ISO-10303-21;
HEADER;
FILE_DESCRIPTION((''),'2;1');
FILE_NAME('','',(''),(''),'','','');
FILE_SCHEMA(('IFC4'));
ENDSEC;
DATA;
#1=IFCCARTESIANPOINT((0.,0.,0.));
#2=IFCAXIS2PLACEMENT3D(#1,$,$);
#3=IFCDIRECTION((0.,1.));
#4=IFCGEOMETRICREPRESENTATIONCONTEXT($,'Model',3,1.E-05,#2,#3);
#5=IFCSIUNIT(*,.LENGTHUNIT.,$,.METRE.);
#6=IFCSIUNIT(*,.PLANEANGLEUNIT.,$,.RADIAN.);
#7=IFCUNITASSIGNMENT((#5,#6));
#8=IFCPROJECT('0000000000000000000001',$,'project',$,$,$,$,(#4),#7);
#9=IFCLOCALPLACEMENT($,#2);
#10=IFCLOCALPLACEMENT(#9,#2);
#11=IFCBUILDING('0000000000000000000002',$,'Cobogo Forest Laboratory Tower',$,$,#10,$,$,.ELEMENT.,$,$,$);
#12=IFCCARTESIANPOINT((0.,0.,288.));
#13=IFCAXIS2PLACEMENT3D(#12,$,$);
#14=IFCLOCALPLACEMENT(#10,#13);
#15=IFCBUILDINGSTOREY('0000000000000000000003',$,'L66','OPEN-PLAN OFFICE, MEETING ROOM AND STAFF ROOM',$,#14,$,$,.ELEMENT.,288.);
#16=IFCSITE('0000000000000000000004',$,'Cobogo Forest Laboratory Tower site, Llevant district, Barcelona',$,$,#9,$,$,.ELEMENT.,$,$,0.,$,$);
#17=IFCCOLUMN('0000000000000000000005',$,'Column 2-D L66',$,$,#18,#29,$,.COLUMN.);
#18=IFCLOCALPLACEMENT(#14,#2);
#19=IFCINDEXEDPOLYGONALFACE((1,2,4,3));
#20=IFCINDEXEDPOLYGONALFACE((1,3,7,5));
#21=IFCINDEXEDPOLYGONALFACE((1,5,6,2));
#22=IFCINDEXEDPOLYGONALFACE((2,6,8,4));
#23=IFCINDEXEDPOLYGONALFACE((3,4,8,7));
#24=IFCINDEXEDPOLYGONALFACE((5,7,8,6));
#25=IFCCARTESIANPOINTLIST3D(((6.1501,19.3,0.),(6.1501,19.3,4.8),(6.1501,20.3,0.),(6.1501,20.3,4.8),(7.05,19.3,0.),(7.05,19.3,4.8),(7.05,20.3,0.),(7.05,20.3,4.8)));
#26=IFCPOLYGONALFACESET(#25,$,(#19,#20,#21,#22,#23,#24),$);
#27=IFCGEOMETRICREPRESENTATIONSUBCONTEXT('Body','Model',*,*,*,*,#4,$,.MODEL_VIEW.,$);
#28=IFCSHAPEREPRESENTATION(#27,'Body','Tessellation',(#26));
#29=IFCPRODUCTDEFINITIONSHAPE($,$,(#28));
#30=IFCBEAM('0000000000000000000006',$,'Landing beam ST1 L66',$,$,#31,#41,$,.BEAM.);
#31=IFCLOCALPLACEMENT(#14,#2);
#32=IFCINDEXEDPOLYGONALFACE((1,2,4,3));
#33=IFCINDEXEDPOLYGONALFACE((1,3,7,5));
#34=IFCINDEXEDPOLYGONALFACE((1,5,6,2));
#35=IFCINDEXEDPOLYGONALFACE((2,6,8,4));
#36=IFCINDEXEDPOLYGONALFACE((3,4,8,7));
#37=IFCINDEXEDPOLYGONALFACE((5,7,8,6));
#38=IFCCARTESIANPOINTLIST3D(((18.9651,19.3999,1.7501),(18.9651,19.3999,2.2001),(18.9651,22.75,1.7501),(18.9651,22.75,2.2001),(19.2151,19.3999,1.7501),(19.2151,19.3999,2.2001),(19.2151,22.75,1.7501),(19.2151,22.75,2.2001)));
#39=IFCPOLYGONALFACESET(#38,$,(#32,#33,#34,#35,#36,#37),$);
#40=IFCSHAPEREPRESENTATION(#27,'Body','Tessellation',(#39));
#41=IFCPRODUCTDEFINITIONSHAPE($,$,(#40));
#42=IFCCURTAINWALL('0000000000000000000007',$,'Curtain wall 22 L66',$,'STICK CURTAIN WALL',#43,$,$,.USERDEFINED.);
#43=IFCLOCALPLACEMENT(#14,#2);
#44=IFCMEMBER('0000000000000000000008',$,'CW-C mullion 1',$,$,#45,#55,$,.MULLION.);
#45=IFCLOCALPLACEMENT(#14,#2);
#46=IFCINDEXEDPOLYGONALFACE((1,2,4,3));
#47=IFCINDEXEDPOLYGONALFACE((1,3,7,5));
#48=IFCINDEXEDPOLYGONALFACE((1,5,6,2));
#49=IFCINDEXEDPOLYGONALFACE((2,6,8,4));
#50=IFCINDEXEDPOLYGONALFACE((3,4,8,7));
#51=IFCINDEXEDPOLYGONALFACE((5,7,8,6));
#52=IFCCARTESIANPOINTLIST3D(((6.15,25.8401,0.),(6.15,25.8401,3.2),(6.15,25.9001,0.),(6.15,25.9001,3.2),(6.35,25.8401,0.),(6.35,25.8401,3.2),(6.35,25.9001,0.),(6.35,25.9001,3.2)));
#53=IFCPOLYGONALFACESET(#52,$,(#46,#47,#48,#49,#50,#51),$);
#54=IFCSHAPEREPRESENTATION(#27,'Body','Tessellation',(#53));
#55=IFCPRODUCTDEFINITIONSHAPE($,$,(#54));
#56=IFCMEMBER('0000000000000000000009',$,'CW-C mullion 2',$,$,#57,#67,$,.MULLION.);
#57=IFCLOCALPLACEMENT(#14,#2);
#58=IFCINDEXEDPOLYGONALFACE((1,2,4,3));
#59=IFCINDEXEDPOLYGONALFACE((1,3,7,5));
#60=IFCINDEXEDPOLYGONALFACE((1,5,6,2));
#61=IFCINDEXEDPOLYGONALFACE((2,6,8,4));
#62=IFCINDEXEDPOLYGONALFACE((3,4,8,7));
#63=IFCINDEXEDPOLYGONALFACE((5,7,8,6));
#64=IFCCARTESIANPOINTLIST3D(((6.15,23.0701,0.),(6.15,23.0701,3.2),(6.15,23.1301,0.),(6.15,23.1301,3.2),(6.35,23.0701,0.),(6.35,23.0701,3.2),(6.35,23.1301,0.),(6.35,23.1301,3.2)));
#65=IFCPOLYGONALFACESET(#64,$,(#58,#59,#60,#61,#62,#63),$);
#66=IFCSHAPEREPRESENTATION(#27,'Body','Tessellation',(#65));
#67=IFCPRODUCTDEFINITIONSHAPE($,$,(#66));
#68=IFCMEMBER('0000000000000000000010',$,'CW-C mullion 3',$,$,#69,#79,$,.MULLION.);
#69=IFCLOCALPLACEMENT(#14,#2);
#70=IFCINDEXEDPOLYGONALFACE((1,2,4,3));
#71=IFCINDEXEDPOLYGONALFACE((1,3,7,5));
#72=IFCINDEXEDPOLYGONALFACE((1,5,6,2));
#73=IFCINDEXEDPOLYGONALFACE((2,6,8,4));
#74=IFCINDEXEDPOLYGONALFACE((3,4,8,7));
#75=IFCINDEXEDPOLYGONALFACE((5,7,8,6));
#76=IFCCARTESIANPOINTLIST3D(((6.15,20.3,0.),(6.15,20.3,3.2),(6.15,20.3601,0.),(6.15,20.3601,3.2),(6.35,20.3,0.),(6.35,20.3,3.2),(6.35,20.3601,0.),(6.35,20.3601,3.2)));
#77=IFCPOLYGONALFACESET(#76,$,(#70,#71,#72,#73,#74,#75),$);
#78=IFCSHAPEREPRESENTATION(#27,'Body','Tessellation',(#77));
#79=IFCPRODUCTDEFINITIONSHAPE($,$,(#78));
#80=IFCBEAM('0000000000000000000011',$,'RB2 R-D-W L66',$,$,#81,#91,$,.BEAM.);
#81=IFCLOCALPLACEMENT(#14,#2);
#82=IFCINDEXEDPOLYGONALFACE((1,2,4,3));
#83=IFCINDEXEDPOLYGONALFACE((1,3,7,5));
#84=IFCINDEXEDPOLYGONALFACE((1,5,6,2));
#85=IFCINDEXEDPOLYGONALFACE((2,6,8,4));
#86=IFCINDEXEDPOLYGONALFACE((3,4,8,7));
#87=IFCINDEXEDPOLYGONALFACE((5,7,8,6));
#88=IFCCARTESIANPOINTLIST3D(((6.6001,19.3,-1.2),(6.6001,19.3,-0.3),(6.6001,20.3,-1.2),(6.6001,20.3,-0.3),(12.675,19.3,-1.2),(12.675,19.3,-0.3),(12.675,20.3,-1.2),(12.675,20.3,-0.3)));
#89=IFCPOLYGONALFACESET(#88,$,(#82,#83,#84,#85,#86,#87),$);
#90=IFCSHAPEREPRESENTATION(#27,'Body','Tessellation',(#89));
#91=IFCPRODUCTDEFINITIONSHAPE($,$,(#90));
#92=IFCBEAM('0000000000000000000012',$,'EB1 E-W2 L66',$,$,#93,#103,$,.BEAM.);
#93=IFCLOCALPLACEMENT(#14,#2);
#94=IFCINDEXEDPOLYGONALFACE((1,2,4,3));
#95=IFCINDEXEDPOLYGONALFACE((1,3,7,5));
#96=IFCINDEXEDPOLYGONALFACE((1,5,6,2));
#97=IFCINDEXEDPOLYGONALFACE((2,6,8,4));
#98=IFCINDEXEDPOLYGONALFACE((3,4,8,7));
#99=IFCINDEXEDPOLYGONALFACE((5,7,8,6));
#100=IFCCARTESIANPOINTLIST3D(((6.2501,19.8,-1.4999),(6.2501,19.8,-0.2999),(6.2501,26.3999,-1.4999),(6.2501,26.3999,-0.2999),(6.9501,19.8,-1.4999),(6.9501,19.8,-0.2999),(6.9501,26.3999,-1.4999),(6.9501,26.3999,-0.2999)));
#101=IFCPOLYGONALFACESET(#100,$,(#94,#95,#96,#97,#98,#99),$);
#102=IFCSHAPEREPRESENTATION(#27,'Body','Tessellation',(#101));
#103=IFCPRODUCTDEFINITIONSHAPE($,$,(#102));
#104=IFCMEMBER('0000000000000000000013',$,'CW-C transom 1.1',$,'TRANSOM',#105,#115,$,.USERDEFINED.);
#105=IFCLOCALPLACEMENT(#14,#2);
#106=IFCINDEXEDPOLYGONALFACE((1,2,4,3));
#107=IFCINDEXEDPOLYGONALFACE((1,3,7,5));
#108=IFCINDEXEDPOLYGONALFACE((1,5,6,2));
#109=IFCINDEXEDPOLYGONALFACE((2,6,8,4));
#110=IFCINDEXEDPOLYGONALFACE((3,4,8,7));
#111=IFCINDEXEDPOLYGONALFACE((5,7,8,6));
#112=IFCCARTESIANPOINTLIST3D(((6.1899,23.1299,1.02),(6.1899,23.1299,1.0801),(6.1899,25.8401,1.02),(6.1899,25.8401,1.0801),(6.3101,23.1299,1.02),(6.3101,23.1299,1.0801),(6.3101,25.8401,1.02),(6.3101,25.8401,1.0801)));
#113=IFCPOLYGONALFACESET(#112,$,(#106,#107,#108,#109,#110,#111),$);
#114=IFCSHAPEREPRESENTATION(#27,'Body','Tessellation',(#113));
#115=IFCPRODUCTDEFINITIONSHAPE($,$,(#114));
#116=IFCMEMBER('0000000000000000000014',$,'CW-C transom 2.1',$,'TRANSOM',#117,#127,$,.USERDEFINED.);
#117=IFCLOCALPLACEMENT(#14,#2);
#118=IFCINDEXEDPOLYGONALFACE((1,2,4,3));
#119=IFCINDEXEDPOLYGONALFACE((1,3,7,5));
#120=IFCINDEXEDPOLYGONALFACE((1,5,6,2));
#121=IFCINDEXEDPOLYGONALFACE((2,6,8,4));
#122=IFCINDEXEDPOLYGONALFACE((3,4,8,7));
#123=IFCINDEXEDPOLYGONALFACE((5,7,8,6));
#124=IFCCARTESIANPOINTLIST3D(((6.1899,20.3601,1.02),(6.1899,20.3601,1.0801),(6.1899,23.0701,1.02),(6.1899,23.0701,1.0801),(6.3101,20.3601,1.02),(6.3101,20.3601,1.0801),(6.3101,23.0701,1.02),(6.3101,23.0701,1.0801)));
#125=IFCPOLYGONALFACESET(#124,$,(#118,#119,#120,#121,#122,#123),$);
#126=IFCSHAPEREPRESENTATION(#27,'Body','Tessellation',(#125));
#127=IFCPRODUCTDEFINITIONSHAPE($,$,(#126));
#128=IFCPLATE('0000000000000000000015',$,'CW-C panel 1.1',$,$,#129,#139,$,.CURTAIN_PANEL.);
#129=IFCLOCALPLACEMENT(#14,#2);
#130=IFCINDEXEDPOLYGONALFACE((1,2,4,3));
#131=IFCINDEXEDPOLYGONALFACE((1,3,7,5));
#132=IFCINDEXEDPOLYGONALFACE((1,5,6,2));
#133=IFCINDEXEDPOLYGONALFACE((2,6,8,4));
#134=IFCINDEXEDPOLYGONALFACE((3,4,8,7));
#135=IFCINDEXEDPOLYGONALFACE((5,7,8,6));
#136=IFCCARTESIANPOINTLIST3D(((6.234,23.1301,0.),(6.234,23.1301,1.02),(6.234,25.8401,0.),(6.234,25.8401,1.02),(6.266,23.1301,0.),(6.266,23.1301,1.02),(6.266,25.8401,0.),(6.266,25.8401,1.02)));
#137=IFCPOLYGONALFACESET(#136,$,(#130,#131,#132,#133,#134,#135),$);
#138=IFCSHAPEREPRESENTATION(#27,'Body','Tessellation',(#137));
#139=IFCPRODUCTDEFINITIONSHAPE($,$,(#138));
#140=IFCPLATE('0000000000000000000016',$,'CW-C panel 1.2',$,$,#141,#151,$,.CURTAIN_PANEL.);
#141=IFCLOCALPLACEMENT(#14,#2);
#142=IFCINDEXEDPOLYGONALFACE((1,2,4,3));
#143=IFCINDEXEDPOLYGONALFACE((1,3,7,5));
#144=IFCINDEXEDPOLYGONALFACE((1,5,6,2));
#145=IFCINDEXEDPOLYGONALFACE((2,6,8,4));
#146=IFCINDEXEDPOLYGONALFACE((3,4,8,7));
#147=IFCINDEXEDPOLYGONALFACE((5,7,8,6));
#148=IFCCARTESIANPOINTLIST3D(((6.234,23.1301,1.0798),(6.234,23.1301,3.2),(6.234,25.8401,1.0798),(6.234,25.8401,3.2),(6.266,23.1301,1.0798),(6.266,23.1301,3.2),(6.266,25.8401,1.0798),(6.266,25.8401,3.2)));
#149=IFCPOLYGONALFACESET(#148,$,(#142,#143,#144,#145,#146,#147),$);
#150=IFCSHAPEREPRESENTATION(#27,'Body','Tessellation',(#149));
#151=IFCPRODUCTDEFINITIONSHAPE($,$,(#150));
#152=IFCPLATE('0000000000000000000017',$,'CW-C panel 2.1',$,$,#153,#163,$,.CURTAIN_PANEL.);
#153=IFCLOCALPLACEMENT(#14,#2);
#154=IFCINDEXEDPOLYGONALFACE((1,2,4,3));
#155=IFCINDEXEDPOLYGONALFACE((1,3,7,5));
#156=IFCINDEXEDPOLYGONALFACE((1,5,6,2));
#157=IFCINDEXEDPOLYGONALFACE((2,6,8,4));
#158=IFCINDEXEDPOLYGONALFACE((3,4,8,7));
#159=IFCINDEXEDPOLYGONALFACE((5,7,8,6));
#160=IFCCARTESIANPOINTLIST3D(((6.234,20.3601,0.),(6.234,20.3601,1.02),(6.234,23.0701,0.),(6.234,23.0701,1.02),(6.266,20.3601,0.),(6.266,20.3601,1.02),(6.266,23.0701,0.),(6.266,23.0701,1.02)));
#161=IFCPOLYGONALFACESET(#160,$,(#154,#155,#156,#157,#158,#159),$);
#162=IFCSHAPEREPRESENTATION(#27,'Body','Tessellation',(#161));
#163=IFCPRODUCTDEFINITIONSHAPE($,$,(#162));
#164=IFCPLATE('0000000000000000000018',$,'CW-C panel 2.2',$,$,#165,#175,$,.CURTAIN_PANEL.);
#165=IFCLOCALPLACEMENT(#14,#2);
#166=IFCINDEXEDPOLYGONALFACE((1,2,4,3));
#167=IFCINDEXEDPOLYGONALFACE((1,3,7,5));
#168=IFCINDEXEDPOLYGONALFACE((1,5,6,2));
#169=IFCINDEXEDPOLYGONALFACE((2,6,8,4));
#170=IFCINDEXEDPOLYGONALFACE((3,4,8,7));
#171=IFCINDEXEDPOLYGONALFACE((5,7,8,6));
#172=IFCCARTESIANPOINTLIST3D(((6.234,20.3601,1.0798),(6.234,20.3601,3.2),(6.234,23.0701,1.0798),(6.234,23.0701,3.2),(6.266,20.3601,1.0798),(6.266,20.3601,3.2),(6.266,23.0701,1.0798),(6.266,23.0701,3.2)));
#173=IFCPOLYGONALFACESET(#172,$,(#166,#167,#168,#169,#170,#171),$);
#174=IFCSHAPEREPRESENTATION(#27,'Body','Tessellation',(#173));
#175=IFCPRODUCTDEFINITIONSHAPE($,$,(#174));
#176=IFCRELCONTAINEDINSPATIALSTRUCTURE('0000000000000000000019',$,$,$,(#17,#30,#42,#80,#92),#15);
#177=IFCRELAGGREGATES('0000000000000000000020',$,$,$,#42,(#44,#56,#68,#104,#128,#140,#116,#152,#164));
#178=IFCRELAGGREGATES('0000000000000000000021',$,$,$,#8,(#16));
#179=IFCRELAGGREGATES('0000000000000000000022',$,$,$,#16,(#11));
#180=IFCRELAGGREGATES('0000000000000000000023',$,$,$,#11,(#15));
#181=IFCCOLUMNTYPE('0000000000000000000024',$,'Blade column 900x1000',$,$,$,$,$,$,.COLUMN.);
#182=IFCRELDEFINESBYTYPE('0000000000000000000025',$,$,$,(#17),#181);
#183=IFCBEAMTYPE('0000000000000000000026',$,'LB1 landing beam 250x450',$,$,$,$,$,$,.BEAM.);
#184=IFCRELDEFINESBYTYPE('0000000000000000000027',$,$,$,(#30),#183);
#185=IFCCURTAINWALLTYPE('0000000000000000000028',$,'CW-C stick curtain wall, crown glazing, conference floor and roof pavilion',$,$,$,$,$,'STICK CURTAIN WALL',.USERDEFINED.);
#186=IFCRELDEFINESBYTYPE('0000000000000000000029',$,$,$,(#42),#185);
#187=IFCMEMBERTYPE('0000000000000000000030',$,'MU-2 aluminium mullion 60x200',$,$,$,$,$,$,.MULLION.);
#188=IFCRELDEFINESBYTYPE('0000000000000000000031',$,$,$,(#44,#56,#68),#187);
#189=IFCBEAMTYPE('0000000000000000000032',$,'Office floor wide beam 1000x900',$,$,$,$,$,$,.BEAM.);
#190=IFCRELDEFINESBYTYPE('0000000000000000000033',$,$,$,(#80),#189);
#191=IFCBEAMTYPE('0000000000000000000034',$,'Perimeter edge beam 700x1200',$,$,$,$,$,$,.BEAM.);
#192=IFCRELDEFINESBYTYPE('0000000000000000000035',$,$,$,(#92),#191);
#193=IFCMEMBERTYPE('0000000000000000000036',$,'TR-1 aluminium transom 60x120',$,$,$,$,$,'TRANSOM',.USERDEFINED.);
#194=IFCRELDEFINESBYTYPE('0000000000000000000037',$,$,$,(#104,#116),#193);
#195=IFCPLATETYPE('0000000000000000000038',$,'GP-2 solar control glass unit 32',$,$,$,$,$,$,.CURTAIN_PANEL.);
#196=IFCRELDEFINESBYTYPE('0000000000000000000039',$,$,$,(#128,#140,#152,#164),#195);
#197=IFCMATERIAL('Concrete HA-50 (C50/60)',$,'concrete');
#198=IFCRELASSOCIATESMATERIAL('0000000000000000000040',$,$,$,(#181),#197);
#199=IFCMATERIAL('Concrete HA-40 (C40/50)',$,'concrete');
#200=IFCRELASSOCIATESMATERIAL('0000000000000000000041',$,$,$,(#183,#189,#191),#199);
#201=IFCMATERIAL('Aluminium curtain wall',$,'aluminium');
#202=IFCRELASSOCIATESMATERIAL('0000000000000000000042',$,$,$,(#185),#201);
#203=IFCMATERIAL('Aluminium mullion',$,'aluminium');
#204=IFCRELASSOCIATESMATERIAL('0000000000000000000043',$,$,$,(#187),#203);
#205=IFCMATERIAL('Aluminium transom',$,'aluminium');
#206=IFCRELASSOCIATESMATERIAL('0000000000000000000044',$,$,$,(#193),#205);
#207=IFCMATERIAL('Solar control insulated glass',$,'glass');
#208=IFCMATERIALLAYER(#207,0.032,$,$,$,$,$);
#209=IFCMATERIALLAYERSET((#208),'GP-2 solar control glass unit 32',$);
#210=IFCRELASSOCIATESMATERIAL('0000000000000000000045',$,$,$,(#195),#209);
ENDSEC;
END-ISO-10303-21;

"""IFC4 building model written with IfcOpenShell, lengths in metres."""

from ifc_helpers import new_model, si_unit, direction, frame, origin, origin_2d, place, context, subcontext, project, spatial, rectangle, extrude, material, layer, layer_set, material_profile, profile_set, type_object, element, aggregate, save


model = new_model("IFC4")

# Units and contexts
model_context = context("Model", 3, precision=1e-05, world=origin(), true_north=direction((0.0, 1.0)))
body_context = subcontext(model_context, "Body", "Model", "MODEL_VIEW")
ifc_project = project(units=[si_unit("LENGTHUNIT", "METRE"), si_unit("PLANEANGLEUNIT", "RADIAN")], contexts=[model_context])

# Site, building, storey
site_placement = place(None, origin())
site = spatial("IfcSite", under=ifc_project, at=site_placement, Name="Cobogo Forest Laboratory Tower site, Llevant district, Barcelona", CompositionType="ELEMENT", RefElevation=0.0)
building_placement = place(site_placement, origin())
building = spatial("IfcBuilding", under=site, at=building_placement, Name="Cobogo Forest Laboratory Tower", CompositionType="ELEMENT")
storey_placement = place(building_placement, frame((0.0, 0.0, 288.0)))
storey = spatial("IfcBuildingStorey", under=building, at=storey_placement, Name="L66", Description="OPEN-PLAN OFFICE, MEETING ROOM AND STAFF ROOM", CompositionType="ELEMENT", Elevation=288.0)

# Column
ifc_material_1 = material(Name="Concrete HA-50 (C50/60)", Category="concrete")
ifc_material_profile_1 = material_profile(ifc_material_1, rectangle(XDim=1.0, YDim=0.8999, at=origin_2d()), Name="RC 900x1000")
ifc_profile_set_1 = profile_set([ifc_material_profile_1], Name="Concrete HA-50 (C50/60)")
column_type = type_object("IfcColumnType", Name="Blade column 900x1000", PredefinedType="COLUMN", material=ifc_profile_set_1)
column_placement = place(storey_placement, frame((6.6001, 19.8, 0.0), z_axis=(0.0, 0.0, 1.0), x_axis=(0.0, 1.0, 0.0)))
element("IfcColumn", 1, at=column_placement, inside=storey, type_object=column_type, Name="Column 2-D L66", PredefinedType="COLUMN", context=body_context, shape_type="SweptSolid", body=[
    extrude(rectangle(XDim=1.0, YDim=0.8999, at=origin_2d()), origin(), (0.0, 0.0, 1.0), 4.8),
])

# Beam
ifc_material_2 = material(Name="Concrete HA-40 (C40/50)", Category="concrete")
ifc_material_profile_2 = material_profile(ifc_material_2, rectangle(XDim=0.25, YDim=0.45, at=origin_2d()), Name="RC 250x450")
ifc_profile_set_2 = profile_set([ifc_material_profile_2], Name="Concrete HA-40 (C40/50)")
beam_type_1 = type_object("IfcBeamType", Name="LB1 landing beam 250x450", PredefinedType="BEAM", material=ifc_profile_set_2)
beam_1_placement = place(storey_placement, frame((19.0901, 19.3999, 1.9751), z_axis=(0.0, 1.0, 0.0), x_axis=(-1.0, 0.0, 0.0)))
element("IfcBeam", 2, at=beam_1_placement, inside=storey, type_object=beam_type_1, Name="Landing beam ST1 L66", PredefinedType="BEAM", context=body_context, shape_type="SweptSolid", body=[
    extrude(rectangle(XDim=0.25, YDim=0.45, at=origin_2d()), origin(), (0.0, 0.0, 1.0), 3.3501),
])

# Curtain wall, members
ifc_material_3 = material(Name="Aluminium curtain wall", Category="aluminium")
curtain_wall_type = type_object("IfcCurtainWallType", Name="CW-C stick curtain wall, crown glazing, conference floor and roof pavilion", ElementType="STICK CURTAIN WALL", PredefinedType="USERDEFINED", material=ifc_material_3)
curtain_wall_placement = place(storey_placement, origin())
curtain_wall = element("IfcCurtainWall", 3, at=curtain_wall_placement, inside=storey, type_object=curtain_wall_type, Name="Curtain wall 22 L66", ObjectType="STICK CURTAIN WALL", PredefinedType="USERDEFINED")
ifc_material_4 = material(Name="Aluminium mullion", Category="aluminium")
ifc_material_profile_3 = material_profile(ifc_material_4, rectangle(XDim=0.0601, YDim=0.2, at=origin_2d()), Name="AL 60x200")
ifc_profile_set_3 = profile_set([ifc_material_profile_3], Name="Aluminium mullion")
member_type_1 = type_object("IfcMemberType", Name="MU-2 aluminium mullion 60x200", PredefinedType="MULLION", material=ifc_profile_set_3)
member_1_placement = place(storey_placement, frame((6.25, 25.8701, 0.0), z_axis=(0.0, 0.0, 1.0), x_axis=(0.0, -1.0, 0.0)))
member_1 = element("IfcMember", 4, at=member_1_placement, type_object=member_type_1, Name="CW-C mullion 1", PredefinedType="MULLION", context=body_context, shape_type="SweptSolid", body=[
    extrude(rectangle(XDim=0.0601, YDim=0.2, at=origin_2d()), origin(), (0.0, 0.0, 1.0), 3.2),
])
member_2_placement = place(storey_placement, frame((6.25, 23.1001, 0.0), z_axis=(0.0, 0.0, 1.0), x_axis=(0.0, -1.0, 0.0)))
member_2 = element("IfcMember", 5, at=member_2_placement, type_object=member_type_1, Name="CW-C mullion 2", PredefinedType="MULLION", context=body_context, shape_type="SweptSolid", body=[
    extrude(rectangle(XDim=0.0601, YDim=0.2, at=origin_2d()), origin(), (0.0, 0.0, 1.0), 3.2),
])
member_3_placement = place(storey_placement, frame((6.25, 20.3301, 0.0), z_axis=(0.0, 0.0, 1.0), x_axis=(0.0, -1.0, 0.0)))
member_3 = element("IfcMember", 6, at=member_3_placement, type_object=member_type_1, Name="CW-C mullion 3", PredefinedType="MULLION", context=body_context, shape_type="SweptSolid", body=[
    extrude(rectangle(XDim=0.0601, YDim=0.2, at=origin_2d()), origin(), (0.0, 0.0, 1.0), 3.2),
])

# Beams
ifc_material_profile_4 = material_profile(ifc_material_2, rectangle(XDim=1.0, YDim=0.8999, at=origin_2d()), Name="RC 1000x900")
ifc_profile_set_4 = profile_set([ifc_material_profile_4], Name="Concrete HA-40 (C40/50)")
beam_type_2 = type_object("IfcBeamType", Name="Office floor wide beam 1000x900", PredefinedType="BEAM", material=ifc_profile_set_4)
beam_2_placement = place(storey_placement, frame((12.675, 19.8, -0.75), z_axis=(-1.0, 0.0, 0.0), x_axis=(0.0, -1.0, 0.0)))
element("IfcBeam", 7, at=beam_2_placement, inside=storey, type_object=beam_type_2, Name="RB2 R-D-W L66", PredefinedType="BEAM", context=body_context, shape_type="SweptSolid", body=[
    extrude(rectangle(XDim=1.0, YDim=0.8999, at=origin_2d()), origin(), (0.0, 0.0, 1.0), 6.075),
])
ifc_material_profile_5 = material_profile(ifc_material_2, rectangle(XDim=0.7, YDim=1.2, at=origin_2d()), Name="RC 700x1200")
ifc_profile_set_5 = profile_set([ifc_material_profile_5], Name="Concrete HA-40 (C40/50)")
beam_type_3 = type_object("IfcBeamType", Name="Perimeter edge beam 700x1200", PredefinedType="BEAM", material=ifc_profile_set_5)
beam_3_placement = place(storey_placement, frame((6.6001, 19.8, -0.8999), z_axis=(0.0, 1.0, 0.0), x_axis=(-1.0, 0.0, 0.0)))
element("IfcBeam", 8, at=beam_3_placement, inside=storey, type_object=beam_type_3, Name="EB1 E-W2 L66", PredefinedType="BEAM", context=body_context, shape_type="SweptSolid", body=[
    extrude(rectangle(XDim=0.7, YDim=1.2, at=origin_2d()), origin(), (0.0, 0.0, 1.0), 6.5999),
])

# Members
ifc_material_5 = material(Name="Aluminium transom", Category="aluminium")
ifc_material_profile_6 = material_profile(ifc_material_5, rectangle(XDim=0.1201, YDim=0.0601, at=origin_2d()), Name="AL 60x120")
ifc_profile_set_6 = profile_set([ifc_material_profile_6], Name="Aluminium transom")
member_type_2 = type_object("IfcMemberType", Name="TR-1 aluminium transom 60x120", ElementType="TRANSOM", PredefinedType="USERDEFINED", material=ifc_profile_set_6)
member_4_placement = place(storey_placement, frame((6.25, 25.8401, 1.05), z_axis=(0.0, -1.0, 0.0), x_axis=(1.0, 0.0, 0.0)))
member_4 = element("IfcMember", 9, at=member_4_placement, type_object=member_type_2, Name="CW-C transom 1.1", ObjectType="TRANSOM", PredefinedType="USERDEFINED", context=body_context, shape_type="SweptSolid", body=[
    extrude(rectangle(XDim=0.1201, YDim=0.0601, at=origin_2d()), origin(), (0.0, 0.0, 1.0), 2.7102),
])
member_5_placement = place(storey_placement, frame((6.25, 23.0701, 1.05), z_axis=(0.0, -1.0, 0.0), x_axis=(1.0, 0.0, 0.0)))
member_5 = element("IfcMember", 10, at=member_5_placement, type_object=member_type_2, Name="CW-C transom 2.1", ObjectType="TRANSOM", PredefinedType="USERDEFINED", context=body_context, shape_type="SweptSolid", body=[
    extrude(rectangle(XDim=0.1201, YDim=0.0601, at=origin_2d()), origin(), (0.0, 0.0, 1.0), 2.71),
])

# Plates
ifc_material_6 = material(Name="Solar control insulated glass", Category="glass")
ifc_layer_1 = layer(ifc_material_6, 0.032)
ifc_layer_set_1 = layer_set([ifc_layer_1], Name="GP-2 solar control glass unit 32")
plate_type = type_object("IfcPlateType", Name="GP-2 solar control glass unit 32", PredefinedType="CURTAIN_PANEL", material=ifc_layer_set_1)
plate_1_placement = place(storey_placement, frame((6.25, 24.4851, 0.0), z_axis=(0.0, 0.0, 1.0), x_axis=(0.0, -1.0, 0.0)))
plate_1 = element("IfcPlate", 11, at=plate_1_placement, type_object=plate_type, Name="CW-C panel 1.1", PredefinedType="CURTAIN_PANEL", context=body_context, shape_type="SweptSolid", body=[
    extrude(rectangle(XDim=2.71, YDim=0.032, at=origin_2d()), origin(), (0.0, 0.0, 1.0), 1.02),
])
plate_2_placement = place(storey_placement, frame((6.25, 24.4851, 1.0798), z_axis=(0.0, 0.0, 1.0), x_axis=(0.0, -1.0, 0.0)))
plate_2 = element("IfcPlate", 12, at=plate_2_placement, type_object=plate_type, Name="CW-C panel 1.2", PredefinedType="CURTAIN_PANEL", context=body_context, shape_type="SweptSolid", body=[
    extrude(rectangle(XDim=2.71, YDim=0.032, at=origin_2d()), origin(), (0.0, 0.0, 1.0), 2.1201),
])
plate_3_placement = place(storey_placement, frame((6.25, 21.7151, 0.0), z_axis=(0.0, 0.0, 1.0), x_axis=(0.0, -1.0, 0.0)))
plate_3 = element("IfcPlate", 13, at=plate_3_placement, type_object=plate_type, Name="CW-C panel 2.1", PredefinedType="CURTAIN_PANEL", context=body_context, shape_type="SweptSolid", body=[
    extrude(rectangle(XDim=2.71, YDim=0.032, at=origin_2d()), origin(), (0.0, 0.0, 1.0), 1.02),
])
plate_4_placement = place(storey_placement, frame((6.25, 21.7151, 1.0798), z_axis=(0.0, 0.0, 1.0), x_axis=(0.0, -1.0, 0.0)))
plate_4 = element("IfcPlate", 14, at=plate_4_placement, type_object=plate_type, Name="CW-C panel 2.2", PredefinedType="CURTAIN_PANEL", context=body_context, shape_type="SweptSolid", body=[
    extrude(rectangle(XDim=2.71, YDim=0.032, at=origin_2d()), origin(), (0.0, 0.0, 1.0), 2.1201),
])
aggregate(curtain_wall, [member_1, member_2, member_3, member_4, plate_1, plate_2, member_5, plate_3, plate_4])

save(model, "model.ifc")
